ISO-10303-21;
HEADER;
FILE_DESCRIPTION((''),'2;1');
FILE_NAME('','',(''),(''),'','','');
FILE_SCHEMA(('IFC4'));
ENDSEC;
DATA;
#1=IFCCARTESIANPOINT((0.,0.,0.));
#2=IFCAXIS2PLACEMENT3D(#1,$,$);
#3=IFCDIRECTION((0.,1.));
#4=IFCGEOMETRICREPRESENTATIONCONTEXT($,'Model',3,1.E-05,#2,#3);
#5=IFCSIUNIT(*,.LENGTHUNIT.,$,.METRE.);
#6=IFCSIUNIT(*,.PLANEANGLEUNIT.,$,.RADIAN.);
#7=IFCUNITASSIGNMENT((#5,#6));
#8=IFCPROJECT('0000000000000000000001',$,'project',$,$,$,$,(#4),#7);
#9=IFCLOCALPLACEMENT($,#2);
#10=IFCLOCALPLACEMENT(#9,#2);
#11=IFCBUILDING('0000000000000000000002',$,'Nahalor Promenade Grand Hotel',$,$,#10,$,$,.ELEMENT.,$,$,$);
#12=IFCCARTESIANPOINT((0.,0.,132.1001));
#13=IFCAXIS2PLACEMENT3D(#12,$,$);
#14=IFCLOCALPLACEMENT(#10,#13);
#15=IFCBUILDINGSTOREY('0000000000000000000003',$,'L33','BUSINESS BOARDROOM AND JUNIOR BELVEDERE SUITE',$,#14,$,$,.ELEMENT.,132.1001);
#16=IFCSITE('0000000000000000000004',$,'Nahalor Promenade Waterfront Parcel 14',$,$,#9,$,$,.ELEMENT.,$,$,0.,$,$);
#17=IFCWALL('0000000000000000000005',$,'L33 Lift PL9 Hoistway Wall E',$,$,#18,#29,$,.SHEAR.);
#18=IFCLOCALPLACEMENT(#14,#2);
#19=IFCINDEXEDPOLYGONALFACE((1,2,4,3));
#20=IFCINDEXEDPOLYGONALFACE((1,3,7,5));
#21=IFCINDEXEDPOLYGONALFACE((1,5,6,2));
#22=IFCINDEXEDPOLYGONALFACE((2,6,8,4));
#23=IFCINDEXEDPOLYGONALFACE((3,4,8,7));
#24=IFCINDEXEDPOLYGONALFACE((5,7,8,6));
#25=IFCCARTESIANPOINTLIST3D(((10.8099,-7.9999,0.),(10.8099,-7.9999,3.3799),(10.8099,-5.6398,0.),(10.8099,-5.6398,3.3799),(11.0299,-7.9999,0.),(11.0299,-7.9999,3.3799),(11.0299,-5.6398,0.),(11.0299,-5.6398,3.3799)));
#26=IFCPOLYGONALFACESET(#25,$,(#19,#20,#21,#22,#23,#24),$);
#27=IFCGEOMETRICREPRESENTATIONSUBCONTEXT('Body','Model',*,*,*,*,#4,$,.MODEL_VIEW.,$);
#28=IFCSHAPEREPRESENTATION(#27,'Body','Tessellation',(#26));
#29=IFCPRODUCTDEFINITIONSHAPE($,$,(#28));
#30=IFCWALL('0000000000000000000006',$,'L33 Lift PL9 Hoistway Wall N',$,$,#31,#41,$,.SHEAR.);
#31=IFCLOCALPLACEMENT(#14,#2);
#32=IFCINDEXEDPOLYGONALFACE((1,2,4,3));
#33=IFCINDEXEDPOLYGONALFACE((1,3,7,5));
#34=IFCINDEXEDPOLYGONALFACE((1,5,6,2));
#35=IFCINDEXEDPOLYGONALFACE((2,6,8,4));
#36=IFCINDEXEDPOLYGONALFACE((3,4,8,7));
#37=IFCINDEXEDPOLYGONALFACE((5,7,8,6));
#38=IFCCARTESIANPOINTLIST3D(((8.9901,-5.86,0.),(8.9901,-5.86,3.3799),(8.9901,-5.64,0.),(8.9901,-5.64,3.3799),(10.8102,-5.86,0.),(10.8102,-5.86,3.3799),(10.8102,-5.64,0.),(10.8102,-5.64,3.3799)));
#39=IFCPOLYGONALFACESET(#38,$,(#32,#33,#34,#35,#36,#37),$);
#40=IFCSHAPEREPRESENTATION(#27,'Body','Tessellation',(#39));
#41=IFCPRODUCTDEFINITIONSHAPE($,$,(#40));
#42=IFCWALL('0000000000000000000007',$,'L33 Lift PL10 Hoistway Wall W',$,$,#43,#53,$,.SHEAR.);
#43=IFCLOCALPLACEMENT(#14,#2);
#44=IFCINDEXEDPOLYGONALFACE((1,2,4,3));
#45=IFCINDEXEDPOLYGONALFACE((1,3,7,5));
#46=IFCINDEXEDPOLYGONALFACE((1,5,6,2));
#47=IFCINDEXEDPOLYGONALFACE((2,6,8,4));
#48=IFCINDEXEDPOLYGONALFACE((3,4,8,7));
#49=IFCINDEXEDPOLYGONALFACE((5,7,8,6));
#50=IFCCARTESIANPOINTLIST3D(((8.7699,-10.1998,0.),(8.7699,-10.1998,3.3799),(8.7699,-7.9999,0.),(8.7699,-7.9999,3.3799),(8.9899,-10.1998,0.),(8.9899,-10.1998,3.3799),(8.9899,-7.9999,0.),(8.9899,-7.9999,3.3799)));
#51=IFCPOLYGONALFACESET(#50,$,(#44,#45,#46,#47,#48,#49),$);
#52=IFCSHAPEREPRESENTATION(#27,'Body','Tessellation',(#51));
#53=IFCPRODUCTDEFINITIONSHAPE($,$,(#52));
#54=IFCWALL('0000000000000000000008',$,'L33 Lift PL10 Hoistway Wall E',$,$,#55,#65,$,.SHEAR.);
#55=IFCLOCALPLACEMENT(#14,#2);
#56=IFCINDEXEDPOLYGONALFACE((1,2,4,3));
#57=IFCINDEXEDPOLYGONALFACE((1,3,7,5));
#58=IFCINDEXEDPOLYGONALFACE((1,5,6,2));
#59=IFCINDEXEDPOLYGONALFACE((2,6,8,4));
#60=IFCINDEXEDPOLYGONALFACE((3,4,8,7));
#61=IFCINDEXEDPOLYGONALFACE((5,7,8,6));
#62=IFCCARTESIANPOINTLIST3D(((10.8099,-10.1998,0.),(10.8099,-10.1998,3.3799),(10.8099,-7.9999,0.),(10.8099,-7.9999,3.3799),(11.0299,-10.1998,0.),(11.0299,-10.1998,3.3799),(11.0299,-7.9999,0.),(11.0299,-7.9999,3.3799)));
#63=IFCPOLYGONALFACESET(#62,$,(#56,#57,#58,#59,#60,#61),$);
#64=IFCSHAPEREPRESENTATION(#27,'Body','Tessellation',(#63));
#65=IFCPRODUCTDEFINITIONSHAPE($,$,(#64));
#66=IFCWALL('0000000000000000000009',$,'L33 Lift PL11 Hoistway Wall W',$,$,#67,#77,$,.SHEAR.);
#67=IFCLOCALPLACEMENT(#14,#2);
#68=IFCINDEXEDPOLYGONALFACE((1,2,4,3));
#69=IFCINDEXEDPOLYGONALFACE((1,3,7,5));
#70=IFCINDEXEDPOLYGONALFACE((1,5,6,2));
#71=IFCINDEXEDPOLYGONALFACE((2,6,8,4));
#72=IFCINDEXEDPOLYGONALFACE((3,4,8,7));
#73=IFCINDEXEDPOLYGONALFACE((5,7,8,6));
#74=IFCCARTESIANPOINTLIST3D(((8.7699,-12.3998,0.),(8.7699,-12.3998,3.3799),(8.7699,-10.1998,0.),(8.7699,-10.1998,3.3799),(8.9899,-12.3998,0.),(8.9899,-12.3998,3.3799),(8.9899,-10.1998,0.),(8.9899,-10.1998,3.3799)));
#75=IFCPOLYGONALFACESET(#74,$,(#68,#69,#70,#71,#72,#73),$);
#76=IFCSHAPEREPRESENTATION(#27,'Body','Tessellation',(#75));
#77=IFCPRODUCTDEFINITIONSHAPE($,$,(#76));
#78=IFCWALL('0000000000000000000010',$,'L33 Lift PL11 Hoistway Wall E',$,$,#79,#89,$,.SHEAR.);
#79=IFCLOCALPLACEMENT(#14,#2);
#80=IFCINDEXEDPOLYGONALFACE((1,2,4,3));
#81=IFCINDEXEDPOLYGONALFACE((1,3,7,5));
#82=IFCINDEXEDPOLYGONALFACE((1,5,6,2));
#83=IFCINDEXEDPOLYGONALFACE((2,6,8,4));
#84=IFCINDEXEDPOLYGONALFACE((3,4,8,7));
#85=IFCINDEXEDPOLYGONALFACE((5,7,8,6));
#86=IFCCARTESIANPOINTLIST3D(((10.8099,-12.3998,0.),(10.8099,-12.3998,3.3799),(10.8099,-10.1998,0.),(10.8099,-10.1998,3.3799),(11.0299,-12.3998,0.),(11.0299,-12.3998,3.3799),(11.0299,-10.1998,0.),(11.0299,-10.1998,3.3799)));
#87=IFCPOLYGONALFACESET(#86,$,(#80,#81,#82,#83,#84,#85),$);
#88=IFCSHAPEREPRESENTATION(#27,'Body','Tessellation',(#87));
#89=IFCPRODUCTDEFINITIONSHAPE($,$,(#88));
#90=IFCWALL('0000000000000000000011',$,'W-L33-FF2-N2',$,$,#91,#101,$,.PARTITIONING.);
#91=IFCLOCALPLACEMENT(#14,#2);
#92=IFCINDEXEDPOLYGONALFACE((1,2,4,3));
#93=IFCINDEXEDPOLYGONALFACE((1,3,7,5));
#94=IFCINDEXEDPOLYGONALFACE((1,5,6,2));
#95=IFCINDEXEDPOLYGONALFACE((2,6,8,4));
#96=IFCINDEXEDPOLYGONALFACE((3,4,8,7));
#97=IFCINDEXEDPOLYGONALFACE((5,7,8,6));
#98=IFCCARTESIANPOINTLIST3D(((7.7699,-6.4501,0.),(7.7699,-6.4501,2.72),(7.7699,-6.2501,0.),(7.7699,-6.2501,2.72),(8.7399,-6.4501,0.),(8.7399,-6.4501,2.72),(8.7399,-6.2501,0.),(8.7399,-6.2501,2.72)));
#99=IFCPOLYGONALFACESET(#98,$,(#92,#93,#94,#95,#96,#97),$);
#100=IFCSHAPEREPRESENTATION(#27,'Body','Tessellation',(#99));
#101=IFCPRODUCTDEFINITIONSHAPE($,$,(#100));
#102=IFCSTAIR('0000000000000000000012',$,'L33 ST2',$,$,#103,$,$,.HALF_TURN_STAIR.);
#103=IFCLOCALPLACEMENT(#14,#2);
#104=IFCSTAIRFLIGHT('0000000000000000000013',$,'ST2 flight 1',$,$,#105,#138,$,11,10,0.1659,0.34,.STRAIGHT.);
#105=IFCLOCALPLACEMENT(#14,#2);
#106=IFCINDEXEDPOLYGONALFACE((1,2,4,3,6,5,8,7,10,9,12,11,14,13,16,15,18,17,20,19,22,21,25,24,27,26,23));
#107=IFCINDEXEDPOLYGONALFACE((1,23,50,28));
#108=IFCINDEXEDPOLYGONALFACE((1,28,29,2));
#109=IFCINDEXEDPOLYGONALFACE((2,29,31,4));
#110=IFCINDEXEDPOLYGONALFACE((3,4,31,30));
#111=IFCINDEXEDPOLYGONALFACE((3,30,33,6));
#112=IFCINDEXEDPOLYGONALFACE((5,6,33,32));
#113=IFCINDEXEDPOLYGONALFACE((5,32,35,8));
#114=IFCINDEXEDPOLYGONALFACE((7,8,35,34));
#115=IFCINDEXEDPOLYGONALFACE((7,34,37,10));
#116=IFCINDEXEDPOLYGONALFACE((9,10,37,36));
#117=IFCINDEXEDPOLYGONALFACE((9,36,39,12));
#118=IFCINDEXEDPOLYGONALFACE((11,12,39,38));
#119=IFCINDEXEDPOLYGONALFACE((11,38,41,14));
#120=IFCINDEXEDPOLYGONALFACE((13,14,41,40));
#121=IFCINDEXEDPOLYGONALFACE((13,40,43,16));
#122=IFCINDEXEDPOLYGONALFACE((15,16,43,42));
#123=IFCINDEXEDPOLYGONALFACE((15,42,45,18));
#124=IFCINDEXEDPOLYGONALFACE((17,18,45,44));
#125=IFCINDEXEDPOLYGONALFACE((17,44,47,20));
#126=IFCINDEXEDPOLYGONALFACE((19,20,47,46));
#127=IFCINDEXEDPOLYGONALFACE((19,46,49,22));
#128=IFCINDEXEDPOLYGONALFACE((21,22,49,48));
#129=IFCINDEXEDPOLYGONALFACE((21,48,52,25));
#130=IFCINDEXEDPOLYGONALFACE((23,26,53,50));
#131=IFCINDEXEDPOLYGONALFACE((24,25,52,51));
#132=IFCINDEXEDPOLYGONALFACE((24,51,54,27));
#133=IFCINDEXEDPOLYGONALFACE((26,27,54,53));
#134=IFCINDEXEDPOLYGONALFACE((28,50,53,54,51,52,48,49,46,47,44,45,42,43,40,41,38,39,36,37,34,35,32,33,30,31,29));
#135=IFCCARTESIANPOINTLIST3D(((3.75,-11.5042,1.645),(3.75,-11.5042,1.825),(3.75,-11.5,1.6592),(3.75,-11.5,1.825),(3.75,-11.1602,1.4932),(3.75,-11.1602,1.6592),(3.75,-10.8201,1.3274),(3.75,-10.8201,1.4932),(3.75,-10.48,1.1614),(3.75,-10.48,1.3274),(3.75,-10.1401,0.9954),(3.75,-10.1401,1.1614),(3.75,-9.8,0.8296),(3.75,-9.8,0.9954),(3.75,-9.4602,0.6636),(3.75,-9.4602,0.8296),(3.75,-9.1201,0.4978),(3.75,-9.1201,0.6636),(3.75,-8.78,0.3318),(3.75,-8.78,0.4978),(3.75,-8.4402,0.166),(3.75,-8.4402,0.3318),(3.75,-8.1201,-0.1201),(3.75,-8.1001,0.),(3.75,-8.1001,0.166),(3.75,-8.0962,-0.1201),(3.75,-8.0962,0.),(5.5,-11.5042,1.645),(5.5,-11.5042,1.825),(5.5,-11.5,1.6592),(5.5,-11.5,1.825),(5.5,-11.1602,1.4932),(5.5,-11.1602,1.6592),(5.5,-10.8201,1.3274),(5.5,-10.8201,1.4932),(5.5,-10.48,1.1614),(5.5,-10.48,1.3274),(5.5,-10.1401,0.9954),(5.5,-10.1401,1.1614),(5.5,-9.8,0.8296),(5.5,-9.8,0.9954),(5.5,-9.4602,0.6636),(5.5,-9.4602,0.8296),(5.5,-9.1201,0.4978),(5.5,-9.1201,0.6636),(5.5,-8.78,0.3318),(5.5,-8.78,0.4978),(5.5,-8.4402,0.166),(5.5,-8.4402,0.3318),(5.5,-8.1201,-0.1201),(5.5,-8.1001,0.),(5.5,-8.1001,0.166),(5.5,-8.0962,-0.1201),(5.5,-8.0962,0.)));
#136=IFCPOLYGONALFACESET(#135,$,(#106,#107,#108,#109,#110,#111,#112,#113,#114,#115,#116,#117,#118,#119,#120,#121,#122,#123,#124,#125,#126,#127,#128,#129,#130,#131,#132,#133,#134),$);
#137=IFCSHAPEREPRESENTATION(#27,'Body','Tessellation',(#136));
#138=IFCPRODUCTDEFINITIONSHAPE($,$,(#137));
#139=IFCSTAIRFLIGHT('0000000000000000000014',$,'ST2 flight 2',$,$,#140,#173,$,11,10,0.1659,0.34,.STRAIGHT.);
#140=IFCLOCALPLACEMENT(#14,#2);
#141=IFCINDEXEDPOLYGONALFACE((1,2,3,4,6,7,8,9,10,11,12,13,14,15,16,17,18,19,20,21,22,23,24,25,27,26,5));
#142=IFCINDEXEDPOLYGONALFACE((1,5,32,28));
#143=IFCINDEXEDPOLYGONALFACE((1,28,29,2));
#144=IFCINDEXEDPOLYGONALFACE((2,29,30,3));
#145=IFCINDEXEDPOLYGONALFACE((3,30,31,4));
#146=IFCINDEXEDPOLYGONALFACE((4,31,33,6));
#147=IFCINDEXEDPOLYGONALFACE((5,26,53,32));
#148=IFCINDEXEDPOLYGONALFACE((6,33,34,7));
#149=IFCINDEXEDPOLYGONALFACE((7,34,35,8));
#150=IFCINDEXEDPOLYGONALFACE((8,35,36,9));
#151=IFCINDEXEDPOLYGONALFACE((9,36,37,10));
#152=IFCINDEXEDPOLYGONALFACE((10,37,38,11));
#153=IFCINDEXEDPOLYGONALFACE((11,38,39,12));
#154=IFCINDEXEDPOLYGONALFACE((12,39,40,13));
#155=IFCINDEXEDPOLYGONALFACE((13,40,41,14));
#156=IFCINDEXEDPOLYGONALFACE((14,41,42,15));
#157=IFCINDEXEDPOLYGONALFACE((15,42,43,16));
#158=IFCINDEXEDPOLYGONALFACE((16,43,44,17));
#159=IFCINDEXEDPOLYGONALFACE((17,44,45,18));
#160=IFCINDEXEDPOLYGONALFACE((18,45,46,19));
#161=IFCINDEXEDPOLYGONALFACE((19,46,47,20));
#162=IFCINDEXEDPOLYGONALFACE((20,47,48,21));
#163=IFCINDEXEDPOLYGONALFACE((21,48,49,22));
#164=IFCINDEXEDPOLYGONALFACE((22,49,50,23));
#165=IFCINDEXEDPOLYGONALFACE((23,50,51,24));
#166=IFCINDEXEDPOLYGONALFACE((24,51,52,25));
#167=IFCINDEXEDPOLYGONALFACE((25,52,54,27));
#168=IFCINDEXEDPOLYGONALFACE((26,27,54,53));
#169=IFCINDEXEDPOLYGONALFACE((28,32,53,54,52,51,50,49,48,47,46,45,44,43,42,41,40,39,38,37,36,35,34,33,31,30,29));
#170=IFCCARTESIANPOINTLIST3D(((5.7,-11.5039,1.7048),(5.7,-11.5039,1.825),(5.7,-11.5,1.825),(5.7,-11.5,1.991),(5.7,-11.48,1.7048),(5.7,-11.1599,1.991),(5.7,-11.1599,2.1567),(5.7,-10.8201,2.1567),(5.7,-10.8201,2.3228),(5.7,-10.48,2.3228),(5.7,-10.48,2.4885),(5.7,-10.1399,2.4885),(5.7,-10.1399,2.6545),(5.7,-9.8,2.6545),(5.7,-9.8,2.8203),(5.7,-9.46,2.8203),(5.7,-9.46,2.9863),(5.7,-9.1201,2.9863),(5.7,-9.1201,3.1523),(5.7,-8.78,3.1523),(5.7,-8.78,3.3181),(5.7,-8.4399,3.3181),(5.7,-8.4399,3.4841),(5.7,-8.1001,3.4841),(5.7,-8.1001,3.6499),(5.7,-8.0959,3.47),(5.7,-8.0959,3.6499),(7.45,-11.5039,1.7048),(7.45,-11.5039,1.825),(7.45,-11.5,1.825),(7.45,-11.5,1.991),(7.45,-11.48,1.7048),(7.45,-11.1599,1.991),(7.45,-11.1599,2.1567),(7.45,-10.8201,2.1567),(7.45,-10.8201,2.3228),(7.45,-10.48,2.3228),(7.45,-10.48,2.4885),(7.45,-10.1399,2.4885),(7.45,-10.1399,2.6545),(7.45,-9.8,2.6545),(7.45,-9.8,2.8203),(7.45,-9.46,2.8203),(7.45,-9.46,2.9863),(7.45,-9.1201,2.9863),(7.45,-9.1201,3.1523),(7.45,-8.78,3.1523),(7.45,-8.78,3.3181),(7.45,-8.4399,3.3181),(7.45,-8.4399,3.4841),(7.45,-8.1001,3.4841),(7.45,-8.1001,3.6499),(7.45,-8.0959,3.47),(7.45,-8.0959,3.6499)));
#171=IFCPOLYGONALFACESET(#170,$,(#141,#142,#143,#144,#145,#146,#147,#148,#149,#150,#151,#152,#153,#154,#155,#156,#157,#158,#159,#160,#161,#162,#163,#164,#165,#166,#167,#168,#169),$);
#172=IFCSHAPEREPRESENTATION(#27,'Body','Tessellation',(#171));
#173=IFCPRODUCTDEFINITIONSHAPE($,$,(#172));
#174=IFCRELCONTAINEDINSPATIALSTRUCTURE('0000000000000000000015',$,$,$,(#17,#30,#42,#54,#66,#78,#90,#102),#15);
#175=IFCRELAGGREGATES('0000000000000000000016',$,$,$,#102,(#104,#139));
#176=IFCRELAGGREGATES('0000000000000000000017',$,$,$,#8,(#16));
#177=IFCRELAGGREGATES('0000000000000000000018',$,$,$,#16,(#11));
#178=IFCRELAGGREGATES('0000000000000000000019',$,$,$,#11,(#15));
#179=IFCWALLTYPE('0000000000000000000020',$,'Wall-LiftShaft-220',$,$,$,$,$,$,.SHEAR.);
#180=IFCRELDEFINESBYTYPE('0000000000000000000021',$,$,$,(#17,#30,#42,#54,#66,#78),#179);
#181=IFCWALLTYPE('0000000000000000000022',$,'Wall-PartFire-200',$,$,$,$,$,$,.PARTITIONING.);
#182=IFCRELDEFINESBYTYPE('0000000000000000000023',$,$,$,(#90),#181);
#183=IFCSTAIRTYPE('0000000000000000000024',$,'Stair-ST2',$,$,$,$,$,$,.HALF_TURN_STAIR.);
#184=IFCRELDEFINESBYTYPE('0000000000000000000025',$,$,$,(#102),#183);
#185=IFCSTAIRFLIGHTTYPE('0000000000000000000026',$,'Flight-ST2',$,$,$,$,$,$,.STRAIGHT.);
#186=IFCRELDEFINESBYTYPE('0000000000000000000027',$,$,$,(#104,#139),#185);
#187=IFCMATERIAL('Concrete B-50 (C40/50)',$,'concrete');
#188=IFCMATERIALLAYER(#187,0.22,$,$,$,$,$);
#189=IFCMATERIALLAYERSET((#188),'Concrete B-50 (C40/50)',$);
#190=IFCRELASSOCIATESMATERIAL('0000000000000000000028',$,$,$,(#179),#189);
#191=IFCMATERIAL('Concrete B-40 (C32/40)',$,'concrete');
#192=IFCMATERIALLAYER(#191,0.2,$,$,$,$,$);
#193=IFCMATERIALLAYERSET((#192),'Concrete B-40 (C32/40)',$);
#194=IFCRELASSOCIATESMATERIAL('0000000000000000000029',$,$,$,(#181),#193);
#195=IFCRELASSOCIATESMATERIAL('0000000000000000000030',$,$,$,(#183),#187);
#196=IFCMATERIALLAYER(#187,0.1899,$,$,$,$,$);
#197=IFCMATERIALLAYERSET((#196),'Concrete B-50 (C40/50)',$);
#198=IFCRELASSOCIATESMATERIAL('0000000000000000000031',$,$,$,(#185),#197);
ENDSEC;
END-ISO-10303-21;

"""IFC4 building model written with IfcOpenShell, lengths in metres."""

from ifc_helpers import new_model, si_unit, direction, frame, frame_2d, origin, place, context, subcontext, project, spatial, polyline, rectangle, outline, extrude, source, transform, mapped, material, layer, layer_set, type_object, element, aggregate, save


model = new_model("IFC4")

# Units and contexts
model_context = context("Model", 3, precision=1e-05, world=origin(), true_north=direction((0.0, 1.0)))
body_context = subcontext(model_context, "Body", "Model", "MODEL_VIEW")
ifc_project = project(units=[si_unit("LENGTHUNIT", "METRE"), si_unit("PLANEANGLEUNIT", "RADIAN")], contexts=[model_context])

# Site, building, storey
site_placement = place(None, origin())
site = spatial("IfcSite", under=ifc_project, at=site_placement, Name="Nahalor Promenade Waterfront Parcel 14", CompositionType="ELEMENT", RefElevation=0.0)
building_placement = place(site_placement, origin())
building = spatial("IfcBuilding", under=site, at=building_placement, Name="Nahalor Promenade Grand Hotel", CompositionType="ELEMENT")
storey_placement = place(building_placement, frame((0.0, 0.0, 132.1001)))
storey = spatial("IfcBuildingStorey", under=building, at=storey_placement, Name="L33", Description="BUSINESS BOARDROOM AND JUNIOR BELVEDERE SUITE", CompositionType="ELEMENT", Elevation=132.1001)

# Walls
ifc_material_1 = material(Name="Concrete B-50 (C40/50)", Category="concrete")
ifc_layer_1 = layer(ifc_material_1, 0.22)
ifc_layer_set_1 = layer_set([ifc_layer_1], Name="Concrete B-50 (C40/50)")
wall_type_1 = type_object("IfcWallType", Name="Wall-LiftShaft-220", PredefinedType="SHEAR", material=ifc_layer_set_1)
shared_shape_1 = source(origin(), body_context, "Body", "SweptSolid", [
    extrude(rectangle(XDim=2.3601, YDim=0.22, at=frame_2d((1.1802, 0.0))), origin(), (0.0, 0.0, 1.0), 3.3799),
])
for number, where, z_axis, x_axis, name in (
    (1, (10.9199, -8.0, 0.0), (0.0, 0.0, 1.0), (0.0, 1.0, 0.0), "L33 Lift PL9 Hoistway Wall E"),
):
    element("IfcWall", number, at=place(storey_placement, frame(where, z_axis=z_axis, x_axis=x_axis)), inside=storey, type_object=wall_type_1, Name=name, PredefinedType="SHEAR", context=body_context, shape_type="MappedRepresentation", body=[
        mapped(shared_shape_1, transform((0.0, 0.0, 0.0), scale=1.0)),
    ])
shared_shape_2 = source(origin(), body_context, "Body", "SweptSolid", [
    extrude(rectangle(XDim=1.8201, YDim=0.22, at=frame_2d((0.9102, 0.0))), origin(), (0.0, 0.0, 1.0), 3.3799),
])
wall_1_placement = place(storey_placement, frame((8.99, -5.75, 0.0), z_axis=(0.0, 0.0, 1.0), x_axis=(1.0, 0.0, 0.0)))
element("IfcWall", 2, at=wall_1_placement, inside=storey, type_object=wall_type_1, Name="L33 Lift PL9 Hoistway Wall N", PredefinedType="SHEAR", context=body_context, shape_type="MappedRepresentation", body=[
    mapped(shared_shape_2, transform((0.0, 0.0, 0.0), scale=1.0)),
])
shared_shape_3 = source(origin(), body_context, "Body", "SweptSolid", [
    extrude(rectangle(XDim=2.2, YDim=0.22, at=frame_2d((1.1001, 0.0))), origin(), (0.0, 0.0, 1.0), 3.3799),
])
for number, where, z_axis, x_axis, name in (
    (3, (8.8799, -10.2, 0.0), (0.0, 0.0, 1.0), (0.0, 1.0, 0.0), "L33 Lift PL10 Hoistway Wall W"),
    (4, (10.9199, -10.2, 0.0), (0.0, 0.0, 1.0), (0.0, 1.0, 0.0), "L33 Lift PL10 Hoistway Wall E"),
    (5, (8.8799, -12.3999, 0.0), (0.0, 0.0, 1.0), (0.0, 1.0, 0.0), "L33 Lift PL11 Hoistway Wall W"),
    (6, (10.9199, -12.3999, 0.0), (0.0, 0.0, 1.0), (0.0, 1.0, 0.0), "L33 Lift PL11 Hoistway Wall E"),
):
    element("IfcWall", number, at=place(storey_placement, frame(where, z_axis=z_axis, x_axis=x_axis)), inside=storey, type_object=wall_type_1, Name=name, PredefinedType="SHEAR", context=body_context, shape_type="MappedRepresentation", body=[
        mapped(shared_shape_3, transform((0.0, 0.0, 0.0), scale=1.0)),
    ])

# Shared definitions
ifc_material_2 = material(Name="Concrete B-40 (C32/40)", Category="concrete")
ifc_layer_2 = layer(ifc_material_2, 0.2)
ifc_layer_set_2 = layer_set([ifc_layer_2], Name="Concrete B-40 (C32/40)")
wall_type_2 = type_object("IfcWallType", Name="Wall-PartFire-200", PredefinedType="PARTITIONING", material=ifc_layer_set_2)

# Wall
shared_shape_4 = source(origin(), body_context, "Body", "SweptSolid", [
    extrude(rectangle(XDim=0.97, YDim=0.2, at=frame_2d((0.4849, 0.0))), origin(), (0.0, 0.0, 1.0), 2.72),
])
wall_2_placement = place(storey_placement, frame((7.77, -6.3501, 0.0), z_axis=(0.0, 0.0, 1.0), x_axis=(1.0, 0.0, 0.0)))
element("IfcWall", 7, at=wall_2_placement, inside=storey, type_object=wall_type_2, Name="W-L33-FF2-N2", PredefinedType="PARTITIONING", context=body_context, shape_type="MappedRepresentation", body=[
    mapped(shared_shape_4, transform((0.0, 0.0, 0.0), scale=1.0)),
])

# Stair, stair flights
stair_type = type_object("IfcStairType", Name="Stair-ST2", PredefinedType="HALF_TURN_STAIR", material=ifc_material_1)
stair_placement = place(storey_placement, origin())
stair = element("IfcStair", 8, at=stair_placement, inside=storey, type_object=stair_type, Name="L33 ST2", PredefinedType="HALF_TURN_STAIR")
ifc_layer_3 = layer(ifc_material_1, 0.1899)
ifc_layer_set_3 = layer_set([ifc_layer_3], Name="Concrete B-50 (C40/50)")
stair_flight_type = type_object("IfcStairFlightType", Name="Flight-ST2", PredefinedType="STRAIGHT", material=ifc_layer_set_3)
shared_shape_5 = source(origin(), body_context, "Body", "SweptSolid", [
    extrude(outline(polyline([(-0.0039, -0.1201), (-0.0039, 0.0), (0.0, 0.0), (0.0, 0.166), (0.3401, 0.166), (0.3401, 0.3318), (0.6799, 0.3318), (0.6799, 0.4978), (1.02, 0.4978), (1.02, 0.6636), (1.3601, 0.6636), (1.3601, 0.8296), (1.7, 0.8296), (1.7, 0.9954), (2.04, 0.9954), (2.04, 1.1614), (2.3799, 1.1614), (2.3799, 1.3274), (2.72, 1.3274), (2.72, 1.4932), (3.0601, 1.4932), (3.0601, 1.6592), (3.3999, 1.6592), (3.3999, 1.825), (3.4041, 1.825), (3.4041, 1.645), (0.02, -0.1201), (-0.0039, -0.1201)])), frame((0.0, 0.875, 0.0), z_axis=(0.0, -1.0, 0.0), x_axis=(1.0, 0.0, 0.0)), (0.0, 0.0, 1.0), 1.75),
])
stair_flight_1_placement = place(storey_placement, frame((4.625, -8.1001, 0.0), z_axis=(0.0, 0.0, 1.0), x_axis=(0.0, -1.0, 0.0)))
stair_flight_1 = element("IfcStairFlight", 9, at=stair_flight_1_placement, type_object=stair_flight_type, Name="ST2 flight 1", NumberOfRisers=11, NumberOfTreads=10, PredefinedType="STRAIGHT", RiserHeight=0.1659, TreadLength=0.34, context=body_context, shape_type="MappedRepresentation", body=[
    mapped(shared_shape_5, transform((0.0, 0.0, 0.0), scale=1.0)),
])
stair_flight_2_placement = place(storey_placement, frame((6.575, -11.5, 1.825), z_axis=(0.0, 0.0, 1.0), x_axis=(0.0, 1.0, 0.0)))
stair_flight_2 = element("IfcStairFlight", 10, at=stair_flight_2_placement, type_object=stair_flight_type, Name="ST2 flight 2", NumberOfRisers=11, NumberOfTreads=10, PredefinedType="STRAIGHT", RiserHeight=0.1659, TreadLength=0.34, context=body_context, shape_type="MappedRepresentation", body=[
    mapped(shared_shape_5, transform((0.0, 0.0, 0.0), scale=1.0)),
])
aggregate(stair, [stair_flight_1, stair_flight_2])

save(model, "model.ifc")
